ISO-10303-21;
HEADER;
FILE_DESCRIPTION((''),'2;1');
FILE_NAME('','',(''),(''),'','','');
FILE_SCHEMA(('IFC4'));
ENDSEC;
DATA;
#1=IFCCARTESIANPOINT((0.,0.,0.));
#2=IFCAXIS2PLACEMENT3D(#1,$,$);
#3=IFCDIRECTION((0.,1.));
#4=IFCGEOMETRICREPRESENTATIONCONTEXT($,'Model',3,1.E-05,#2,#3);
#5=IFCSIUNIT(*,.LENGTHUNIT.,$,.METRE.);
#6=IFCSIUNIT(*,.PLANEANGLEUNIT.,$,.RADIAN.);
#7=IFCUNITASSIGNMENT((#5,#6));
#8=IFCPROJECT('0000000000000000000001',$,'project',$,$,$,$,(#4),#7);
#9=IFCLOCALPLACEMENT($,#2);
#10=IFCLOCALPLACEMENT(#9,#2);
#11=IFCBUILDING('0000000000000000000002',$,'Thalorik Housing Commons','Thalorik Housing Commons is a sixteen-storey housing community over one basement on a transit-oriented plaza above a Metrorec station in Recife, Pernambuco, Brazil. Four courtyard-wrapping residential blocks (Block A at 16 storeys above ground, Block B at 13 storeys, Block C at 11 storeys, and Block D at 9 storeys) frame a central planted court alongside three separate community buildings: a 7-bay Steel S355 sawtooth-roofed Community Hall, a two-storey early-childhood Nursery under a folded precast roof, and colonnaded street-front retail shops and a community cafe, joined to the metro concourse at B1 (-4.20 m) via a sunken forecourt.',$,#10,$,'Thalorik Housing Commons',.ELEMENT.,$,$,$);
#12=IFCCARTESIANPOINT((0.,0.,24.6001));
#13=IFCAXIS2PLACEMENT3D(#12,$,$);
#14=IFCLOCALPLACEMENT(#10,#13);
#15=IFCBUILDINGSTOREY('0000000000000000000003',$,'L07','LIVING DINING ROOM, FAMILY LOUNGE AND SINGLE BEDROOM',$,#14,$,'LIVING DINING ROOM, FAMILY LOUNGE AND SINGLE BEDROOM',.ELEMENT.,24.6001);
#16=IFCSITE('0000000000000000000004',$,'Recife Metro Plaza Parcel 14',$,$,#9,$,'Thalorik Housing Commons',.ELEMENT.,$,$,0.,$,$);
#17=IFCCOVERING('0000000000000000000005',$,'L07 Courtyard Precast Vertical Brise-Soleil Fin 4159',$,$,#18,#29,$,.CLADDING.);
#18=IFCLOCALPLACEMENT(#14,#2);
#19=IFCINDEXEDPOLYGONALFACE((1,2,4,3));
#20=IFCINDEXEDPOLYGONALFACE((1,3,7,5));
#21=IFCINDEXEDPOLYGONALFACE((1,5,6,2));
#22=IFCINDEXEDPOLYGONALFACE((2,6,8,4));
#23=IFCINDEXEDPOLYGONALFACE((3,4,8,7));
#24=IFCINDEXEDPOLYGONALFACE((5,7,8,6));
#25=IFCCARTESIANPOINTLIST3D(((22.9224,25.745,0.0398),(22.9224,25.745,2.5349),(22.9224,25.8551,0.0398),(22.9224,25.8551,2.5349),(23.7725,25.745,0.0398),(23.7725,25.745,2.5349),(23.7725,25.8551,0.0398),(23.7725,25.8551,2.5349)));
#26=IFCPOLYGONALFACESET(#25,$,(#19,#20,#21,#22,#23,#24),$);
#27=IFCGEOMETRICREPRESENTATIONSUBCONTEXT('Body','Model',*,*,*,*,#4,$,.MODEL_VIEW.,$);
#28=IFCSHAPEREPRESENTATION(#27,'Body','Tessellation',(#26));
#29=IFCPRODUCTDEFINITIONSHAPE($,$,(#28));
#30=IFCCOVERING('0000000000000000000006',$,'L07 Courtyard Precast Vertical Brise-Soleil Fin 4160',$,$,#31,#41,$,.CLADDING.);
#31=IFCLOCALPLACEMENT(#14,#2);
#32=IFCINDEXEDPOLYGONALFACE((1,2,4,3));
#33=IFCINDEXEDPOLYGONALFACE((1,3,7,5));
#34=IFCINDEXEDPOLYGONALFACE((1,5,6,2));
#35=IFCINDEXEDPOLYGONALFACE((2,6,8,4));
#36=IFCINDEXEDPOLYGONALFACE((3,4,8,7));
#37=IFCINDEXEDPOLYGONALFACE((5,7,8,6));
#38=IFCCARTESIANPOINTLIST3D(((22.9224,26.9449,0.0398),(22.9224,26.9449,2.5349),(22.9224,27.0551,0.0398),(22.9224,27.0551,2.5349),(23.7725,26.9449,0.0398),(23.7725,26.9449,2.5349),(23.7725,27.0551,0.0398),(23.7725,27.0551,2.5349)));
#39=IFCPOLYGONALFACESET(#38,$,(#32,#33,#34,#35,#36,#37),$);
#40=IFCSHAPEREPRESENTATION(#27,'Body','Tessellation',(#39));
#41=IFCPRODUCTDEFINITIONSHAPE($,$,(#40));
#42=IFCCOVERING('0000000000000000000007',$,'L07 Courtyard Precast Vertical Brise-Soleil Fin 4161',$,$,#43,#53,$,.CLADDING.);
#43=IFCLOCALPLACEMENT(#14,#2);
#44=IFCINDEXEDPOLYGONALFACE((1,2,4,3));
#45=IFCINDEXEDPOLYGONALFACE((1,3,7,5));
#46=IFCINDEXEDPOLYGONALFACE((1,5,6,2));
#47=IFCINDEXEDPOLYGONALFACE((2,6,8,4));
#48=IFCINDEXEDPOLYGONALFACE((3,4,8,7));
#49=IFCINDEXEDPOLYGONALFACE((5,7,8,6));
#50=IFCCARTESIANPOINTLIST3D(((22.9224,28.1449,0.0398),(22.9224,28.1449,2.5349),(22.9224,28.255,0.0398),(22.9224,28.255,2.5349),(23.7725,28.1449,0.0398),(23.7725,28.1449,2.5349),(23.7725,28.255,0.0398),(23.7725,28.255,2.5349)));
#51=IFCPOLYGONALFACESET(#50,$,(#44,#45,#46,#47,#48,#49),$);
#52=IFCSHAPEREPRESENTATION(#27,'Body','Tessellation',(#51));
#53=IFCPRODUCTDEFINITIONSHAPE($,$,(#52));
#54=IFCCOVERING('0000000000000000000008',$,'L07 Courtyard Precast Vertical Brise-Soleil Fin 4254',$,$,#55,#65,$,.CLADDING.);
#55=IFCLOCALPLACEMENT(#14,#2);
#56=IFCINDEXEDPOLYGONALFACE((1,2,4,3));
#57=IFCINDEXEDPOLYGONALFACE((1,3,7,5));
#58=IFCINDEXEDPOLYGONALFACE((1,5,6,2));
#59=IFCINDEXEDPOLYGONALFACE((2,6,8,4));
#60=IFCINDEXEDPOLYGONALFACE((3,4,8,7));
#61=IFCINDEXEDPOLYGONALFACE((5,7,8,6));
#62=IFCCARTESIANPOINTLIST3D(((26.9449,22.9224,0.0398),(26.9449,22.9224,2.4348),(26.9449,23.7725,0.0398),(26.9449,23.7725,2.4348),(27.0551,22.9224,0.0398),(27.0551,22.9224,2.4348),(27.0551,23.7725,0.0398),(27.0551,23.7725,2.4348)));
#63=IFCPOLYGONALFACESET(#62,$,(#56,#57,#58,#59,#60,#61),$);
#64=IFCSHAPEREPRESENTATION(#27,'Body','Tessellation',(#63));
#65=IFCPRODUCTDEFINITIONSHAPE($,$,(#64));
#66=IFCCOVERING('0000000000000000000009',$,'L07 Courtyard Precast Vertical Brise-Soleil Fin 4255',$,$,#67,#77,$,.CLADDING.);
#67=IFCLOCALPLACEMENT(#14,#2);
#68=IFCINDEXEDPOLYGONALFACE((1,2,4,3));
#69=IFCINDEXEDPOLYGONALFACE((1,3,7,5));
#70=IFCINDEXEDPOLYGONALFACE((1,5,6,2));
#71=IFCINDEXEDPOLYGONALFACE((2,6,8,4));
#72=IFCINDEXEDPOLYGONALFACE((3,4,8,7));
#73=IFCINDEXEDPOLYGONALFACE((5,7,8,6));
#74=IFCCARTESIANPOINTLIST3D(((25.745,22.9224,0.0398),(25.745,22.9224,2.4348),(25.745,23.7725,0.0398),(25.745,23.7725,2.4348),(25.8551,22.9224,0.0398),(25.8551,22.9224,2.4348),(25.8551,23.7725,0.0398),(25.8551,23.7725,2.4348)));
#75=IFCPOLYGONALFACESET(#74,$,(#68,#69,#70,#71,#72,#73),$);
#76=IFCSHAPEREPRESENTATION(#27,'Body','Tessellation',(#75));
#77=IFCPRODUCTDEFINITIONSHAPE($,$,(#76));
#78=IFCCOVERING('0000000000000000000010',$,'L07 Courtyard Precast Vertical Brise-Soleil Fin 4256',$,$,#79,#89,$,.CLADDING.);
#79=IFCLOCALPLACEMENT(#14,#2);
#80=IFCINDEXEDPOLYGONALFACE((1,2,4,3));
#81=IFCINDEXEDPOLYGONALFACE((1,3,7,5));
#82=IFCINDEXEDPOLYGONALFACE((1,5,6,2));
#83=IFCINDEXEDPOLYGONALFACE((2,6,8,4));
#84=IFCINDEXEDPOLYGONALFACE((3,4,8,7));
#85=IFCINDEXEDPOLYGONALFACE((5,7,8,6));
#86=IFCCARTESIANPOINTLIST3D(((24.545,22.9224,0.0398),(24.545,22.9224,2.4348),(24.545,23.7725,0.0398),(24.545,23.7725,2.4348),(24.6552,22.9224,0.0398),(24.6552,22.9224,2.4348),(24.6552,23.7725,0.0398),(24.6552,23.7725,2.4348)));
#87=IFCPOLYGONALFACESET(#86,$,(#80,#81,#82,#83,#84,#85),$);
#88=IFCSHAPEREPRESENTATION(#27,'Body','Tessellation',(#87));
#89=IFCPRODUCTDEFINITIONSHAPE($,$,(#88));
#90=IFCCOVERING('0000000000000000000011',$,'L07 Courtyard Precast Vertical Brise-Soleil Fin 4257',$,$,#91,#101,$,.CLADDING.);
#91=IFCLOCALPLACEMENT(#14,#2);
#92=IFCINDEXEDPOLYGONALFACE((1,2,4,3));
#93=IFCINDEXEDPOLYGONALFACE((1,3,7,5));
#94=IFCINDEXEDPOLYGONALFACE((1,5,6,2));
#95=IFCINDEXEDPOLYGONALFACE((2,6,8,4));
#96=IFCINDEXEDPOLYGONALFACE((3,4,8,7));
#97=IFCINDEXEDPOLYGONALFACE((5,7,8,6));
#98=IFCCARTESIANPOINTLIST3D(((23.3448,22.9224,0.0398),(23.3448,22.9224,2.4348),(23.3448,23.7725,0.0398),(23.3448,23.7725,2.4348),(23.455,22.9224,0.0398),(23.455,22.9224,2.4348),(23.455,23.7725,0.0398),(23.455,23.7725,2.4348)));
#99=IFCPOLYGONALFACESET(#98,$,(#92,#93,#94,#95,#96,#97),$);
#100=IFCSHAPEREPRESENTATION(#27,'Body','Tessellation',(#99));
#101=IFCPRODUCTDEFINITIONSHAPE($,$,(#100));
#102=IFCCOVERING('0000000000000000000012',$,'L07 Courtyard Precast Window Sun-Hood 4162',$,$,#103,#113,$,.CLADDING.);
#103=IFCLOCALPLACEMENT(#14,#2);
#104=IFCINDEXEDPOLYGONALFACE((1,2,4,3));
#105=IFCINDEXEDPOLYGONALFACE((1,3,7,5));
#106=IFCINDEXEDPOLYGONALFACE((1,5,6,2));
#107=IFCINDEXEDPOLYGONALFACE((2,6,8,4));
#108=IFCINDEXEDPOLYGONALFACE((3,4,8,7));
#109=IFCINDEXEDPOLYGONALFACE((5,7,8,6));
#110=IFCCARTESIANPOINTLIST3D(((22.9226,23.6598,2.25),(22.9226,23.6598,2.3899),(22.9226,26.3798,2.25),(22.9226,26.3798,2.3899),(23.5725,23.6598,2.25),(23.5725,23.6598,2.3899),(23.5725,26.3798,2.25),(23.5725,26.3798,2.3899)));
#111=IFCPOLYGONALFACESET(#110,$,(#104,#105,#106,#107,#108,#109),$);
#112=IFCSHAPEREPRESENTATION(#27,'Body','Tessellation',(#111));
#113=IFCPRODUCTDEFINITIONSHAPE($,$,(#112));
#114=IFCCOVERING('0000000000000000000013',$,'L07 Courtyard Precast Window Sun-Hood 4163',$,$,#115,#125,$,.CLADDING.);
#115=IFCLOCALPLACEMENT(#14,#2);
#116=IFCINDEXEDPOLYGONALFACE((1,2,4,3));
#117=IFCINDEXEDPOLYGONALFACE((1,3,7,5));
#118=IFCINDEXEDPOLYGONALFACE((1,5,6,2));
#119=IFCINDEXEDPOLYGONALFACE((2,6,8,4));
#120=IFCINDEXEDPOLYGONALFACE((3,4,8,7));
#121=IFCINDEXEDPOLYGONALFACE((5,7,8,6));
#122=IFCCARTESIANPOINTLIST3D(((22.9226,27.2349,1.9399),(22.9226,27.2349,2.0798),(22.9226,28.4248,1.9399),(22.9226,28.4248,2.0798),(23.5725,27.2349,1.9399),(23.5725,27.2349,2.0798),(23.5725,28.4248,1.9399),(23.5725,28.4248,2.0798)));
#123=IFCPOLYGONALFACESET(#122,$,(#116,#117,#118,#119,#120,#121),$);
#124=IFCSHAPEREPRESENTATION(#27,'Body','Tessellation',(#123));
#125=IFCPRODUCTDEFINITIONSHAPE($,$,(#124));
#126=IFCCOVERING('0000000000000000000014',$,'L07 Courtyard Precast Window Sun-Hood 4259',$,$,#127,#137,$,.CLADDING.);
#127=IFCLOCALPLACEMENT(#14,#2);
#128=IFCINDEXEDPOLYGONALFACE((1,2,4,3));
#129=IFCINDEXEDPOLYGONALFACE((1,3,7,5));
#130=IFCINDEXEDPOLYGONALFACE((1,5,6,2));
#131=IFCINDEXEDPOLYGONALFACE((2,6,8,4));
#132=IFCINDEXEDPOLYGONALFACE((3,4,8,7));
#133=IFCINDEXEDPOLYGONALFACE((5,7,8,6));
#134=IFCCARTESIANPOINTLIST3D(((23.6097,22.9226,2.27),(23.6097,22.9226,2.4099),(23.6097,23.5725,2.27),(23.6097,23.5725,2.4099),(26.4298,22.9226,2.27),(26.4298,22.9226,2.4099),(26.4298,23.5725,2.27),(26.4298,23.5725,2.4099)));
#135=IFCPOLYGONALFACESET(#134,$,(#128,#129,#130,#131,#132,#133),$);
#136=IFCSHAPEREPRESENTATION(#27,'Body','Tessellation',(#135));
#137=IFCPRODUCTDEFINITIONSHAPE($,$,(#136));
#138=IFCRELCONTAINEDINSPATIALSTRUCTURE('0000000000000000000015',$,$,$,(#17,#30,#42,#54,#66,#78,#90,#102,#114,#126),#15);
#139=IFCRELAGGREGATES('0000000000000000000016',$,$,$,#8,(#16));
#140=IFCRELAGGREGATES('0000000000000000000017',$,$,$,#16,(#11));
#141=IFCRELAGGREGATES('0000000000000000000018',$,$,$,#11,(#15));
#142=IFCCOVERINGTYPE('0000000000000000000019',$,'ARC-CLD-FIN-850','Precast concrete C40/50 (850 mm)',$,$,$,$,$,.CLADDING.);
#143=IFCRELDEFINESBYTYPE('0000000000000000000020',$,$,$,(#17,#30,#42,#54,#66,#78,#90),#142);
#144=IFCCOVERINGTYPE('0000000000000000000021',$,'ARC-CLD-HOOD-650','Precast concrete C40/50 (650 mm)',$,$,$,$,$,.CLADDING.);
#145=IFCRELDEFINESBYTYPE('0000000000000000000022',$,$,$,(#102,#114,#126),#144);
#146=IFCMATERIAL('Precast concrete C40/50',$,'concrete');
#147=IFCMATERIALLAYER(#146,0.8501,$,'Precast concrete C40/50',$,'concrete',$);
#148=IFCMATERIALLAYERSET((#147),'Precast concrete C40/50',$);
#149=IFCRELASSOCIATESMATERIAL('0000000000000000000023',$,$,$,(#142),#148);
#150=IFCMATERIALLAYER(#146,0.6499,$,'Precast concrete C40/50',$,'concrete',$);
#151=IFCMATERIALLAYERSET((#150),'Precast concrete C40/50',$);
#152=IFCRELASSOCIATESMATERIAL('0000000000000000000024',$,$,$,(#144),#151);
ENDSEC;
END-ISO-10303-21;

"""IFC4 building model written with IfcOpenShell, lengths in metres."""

from ifc_helpers import new_model, si_unit, direction, frame, origin, origin_2d, place, context, subcontext, project, spatial, rectangle, extrude, material, layer, layer_set, type_object, element, save


model = new_model("IFC4")

# Units and contexts
model_context = context("Model", 3, precision=1e-05, world=origin(), true_north=direction((0.0, 1.0)))
body_context = subcontext(model_context, "Body", "Model", "MODEL_VIEW")
ifc_project = project(units=[si_unit("LENGTHUNIT", "METRE"), si_unit("PLANEANGLEUNIT", "RADIAN")], contexts=[model_context])

# Site, building, storey
site_placement = place(None, origin())
site = spatial("IfcSite", under=ifc_project, at=site_placement, Name="Recife Metro Plaza Parcel 14", LongName="Thalorik Housing Commons", CompositionType="ELEMENT", RefElevation=0.0)
building_placement = place(site_placement, origin())
building = spatial("IfcBuilding", under=site, at=building_placement, Name="Thalorik Housing Commons", Description="Thalorik Housing Commons is a sixteen-storey housing community over one basement on a transit-oriented plaza above a Metrorec station in Recife, Pernambuco, Brazil. Four courtyard-wrapping residential blocks (Block A at 16 storeys above ground, Block B at 13 storeys, Block C at 11 storeys, and Block D at 9 storeys) frame a central planted court alongside three separate community buildings: a 7-bay Steel S355 sawtooth-roofed Community Hall, a two-storey early-childhood Nursery under a folded precast roof, and colonnaded street-front retail shops and a community cafe, joined to the metro concourse at B1 (-4.20 m) via a sunken forecourt.", LongName="Thalorik Housing Commons", CompositionType="ELEMENT")
storey_placement = place(building_placement, frame((0.0, 0.0, 24.6001)))
storey = spatial("IfcBuildingStorey", under=building, at=storey_placement, Name="L07", Description="LIVING DINING ROOM, FAMILY LOUNGE AND SINGLE BEDROOM", LongName="LIVING DINING ROOM, FAMILY LOUNGE AND SINGLE BEDROOM", CompositionType="ELEMENT", Elevation=24.6001)

# Shared definitions
ifc_material_1 = material(Name="Precast concrete C40/50", Category="concrete")

# Coverings
ifc_layer_1 = layer(ifc_material_1, 0.8501, Name="Precast concrete C40/50", Category="concrete")
ifc_layer_set_1 = layer_set([ifc_layer_1], Name="Precast concrete C40/50")
covering_type_1 = type_object("IfcCoveringType", Name="ARC-CLD-FIN-850", Description="Precast concrete C40/50 (850 mm)", PredefinedType="CLADDING", material=ifc_layer_set_1)
for number, where, z_axis, x_axis, name in (
    (1, (23.3474, 25.8, 0.0398), (0.0, 0.0, 1.0), (0.0, 1.0, 0.0), "L07 Courtyard Precast Vertical Brise-Soleil Fin 4159"),
    (2, (23.3474, 27.0, 0.0398), (0.0, 0.0, 1.0), (0.0, 1.0, 0.0), "L07 Courtyard Precast Vertical Brise-Soleil Fin 4160"),
    (3, (23.3474, 28.2, 0.0398), (0.0, 0.0, 1.0), (0.0, 1.0, 0.0), "L07 Courtyard Precast Vertical Brise-Soleil Fin 4161"),
):
    element("IfcCovering", number, at=place(storey_placement, frame(where, z_axis=z_axis, x_axis=x_axis)), inside=storey, type_object=covering_type_1, Name=name, PredefinedType="CLADDING", context=body_context, shape_type="SweptSolid", body=[
        extrude(rectangle(XDim=0.1101, YDim=0.8501, at=origin_2d()), origin(), (0.0, 0.0, 1.0), 2.4951),
    ])
for number, where, z_axis, x_axis, name in (
    (4, (27.0, 23.3474, 0.0398), (0.0, 0.0, 1.0), (-1.0, 0.0, 0.0), "L07 Courtyard Precast Vertical Brise-Soleil Fin 4254"),
    (5, (25.8, 23.3474, 0.0398), (0.0, 0.0, 1.0), (-1.0, 0.0, 0.0), "L07 Courtyard Precast Vertical Brise-Soleil Fin 4255"),
    (6, (24.6001, 23.3474, 0.0398), (0.0, 0.0, 1.0), (-1.0, 0.0, 0.0), "L07 Courtyard Precast Vertical Brise-Soleil Fin 4256"),
    (7, (23.3999, 23.3474, 0.0398), (0.0, 0.0, 1.0), (-1.0, 0.0, 0.0), "L07 Courtyard Precast Vertical Brise-Soleil Fin 4257"),
):
    element("IfcCovering", number, at=place(storey_placement, frame(where, z_axis=z_axis, x_axis=x_axis)), inside=storey, type_object=covering_type_1, Name=name, PredefinedType="CLADDING", context=body_context, shape_type="SweptSolid", body=[
        extrude(rectangle(XDim=0.1101, YDim=0.8501, at=origin_2d()), origin(), (0.0, 0.0, 1.0), 2.395),
    ])
ifc_layer_2 = layer(ifc_material_1, 0.6499, Name="Precast concrete C40/50", Category="concrete")
ifc_layer_set_2 = layer_set([ifc_layer_2], Name="Precast concrete C40/50")
covering_type_2 = type_object("IfcCoveringType", Name="ARC-CLD-HOOD-650", Description="Precast concrete C40/50 (650 mm)", PredefinedType="CLADDING", material=ifc_layer_set_2)
covering_1_placement = place(storey_placement, frame((23.2476, 25.0198, 2.25), z_axis=(0.0, 0.0, 1.0), x_axis=(0.0, 1.0, 0.0)))
element("IfcCovering", 8, at=covering_1_placement, inside=storey, type_object=covering_type_2, Name="L07 Courtyard Precast Window Sun-Hood 4162", PredefinedType="CLADDING", context=body_context, shape_type="SweptSolid", body=[
    extrude(rectangle(XDim=2.72, YDim=0.6499, at=origin_2d()), origin(), (0.0, 0.0, 1.0), 0.1399),
])
covering_2_placement = place(storey_placement, frame((23.2476, 27.8298, 1.9399), z_axis=(0.0, 0.0, 1.0), x_axis=(0.0, 1.0, 0.0)))
element("IfcCovering", 9, at=covering_2_placement, inside=storey, type_object=covering_type_2, Name="L07 Courtyard Precast Window Sun-Hood 4163", PredefinedType="CLADDING", context=body_context, shape_type="SweptSolid", body=[
    extrude(rectangle(XDim=1.1899, YDim=0.6499, at=origin_2d()), origin(), (0.0, 0.0, 1.0), 0.1399),
])
covering_3_placement = place(storey_placement, frame((25.0198, 23.2476, 2.27), z_axis=(0.0, 0.0, 1.0), x_axis=(-1.0, 0.0, 0.0)))
element("IfcCovering", 10, at=covering_3_placement, inside=storey, type_object=covering_type_2, Name="L07 Courtyard Precast Window Sun-Hood 4259", PredefinedType="CLADDING", context=body_context, shape_type="SweptSolid", body=[
    extrude(rectangle(XDim=2.8201, YDim=0.6499, at=origin_2d()), origin(), (0.0, 0.0, 1.0), 0.1399),
])

save(model, "model.ifc")
